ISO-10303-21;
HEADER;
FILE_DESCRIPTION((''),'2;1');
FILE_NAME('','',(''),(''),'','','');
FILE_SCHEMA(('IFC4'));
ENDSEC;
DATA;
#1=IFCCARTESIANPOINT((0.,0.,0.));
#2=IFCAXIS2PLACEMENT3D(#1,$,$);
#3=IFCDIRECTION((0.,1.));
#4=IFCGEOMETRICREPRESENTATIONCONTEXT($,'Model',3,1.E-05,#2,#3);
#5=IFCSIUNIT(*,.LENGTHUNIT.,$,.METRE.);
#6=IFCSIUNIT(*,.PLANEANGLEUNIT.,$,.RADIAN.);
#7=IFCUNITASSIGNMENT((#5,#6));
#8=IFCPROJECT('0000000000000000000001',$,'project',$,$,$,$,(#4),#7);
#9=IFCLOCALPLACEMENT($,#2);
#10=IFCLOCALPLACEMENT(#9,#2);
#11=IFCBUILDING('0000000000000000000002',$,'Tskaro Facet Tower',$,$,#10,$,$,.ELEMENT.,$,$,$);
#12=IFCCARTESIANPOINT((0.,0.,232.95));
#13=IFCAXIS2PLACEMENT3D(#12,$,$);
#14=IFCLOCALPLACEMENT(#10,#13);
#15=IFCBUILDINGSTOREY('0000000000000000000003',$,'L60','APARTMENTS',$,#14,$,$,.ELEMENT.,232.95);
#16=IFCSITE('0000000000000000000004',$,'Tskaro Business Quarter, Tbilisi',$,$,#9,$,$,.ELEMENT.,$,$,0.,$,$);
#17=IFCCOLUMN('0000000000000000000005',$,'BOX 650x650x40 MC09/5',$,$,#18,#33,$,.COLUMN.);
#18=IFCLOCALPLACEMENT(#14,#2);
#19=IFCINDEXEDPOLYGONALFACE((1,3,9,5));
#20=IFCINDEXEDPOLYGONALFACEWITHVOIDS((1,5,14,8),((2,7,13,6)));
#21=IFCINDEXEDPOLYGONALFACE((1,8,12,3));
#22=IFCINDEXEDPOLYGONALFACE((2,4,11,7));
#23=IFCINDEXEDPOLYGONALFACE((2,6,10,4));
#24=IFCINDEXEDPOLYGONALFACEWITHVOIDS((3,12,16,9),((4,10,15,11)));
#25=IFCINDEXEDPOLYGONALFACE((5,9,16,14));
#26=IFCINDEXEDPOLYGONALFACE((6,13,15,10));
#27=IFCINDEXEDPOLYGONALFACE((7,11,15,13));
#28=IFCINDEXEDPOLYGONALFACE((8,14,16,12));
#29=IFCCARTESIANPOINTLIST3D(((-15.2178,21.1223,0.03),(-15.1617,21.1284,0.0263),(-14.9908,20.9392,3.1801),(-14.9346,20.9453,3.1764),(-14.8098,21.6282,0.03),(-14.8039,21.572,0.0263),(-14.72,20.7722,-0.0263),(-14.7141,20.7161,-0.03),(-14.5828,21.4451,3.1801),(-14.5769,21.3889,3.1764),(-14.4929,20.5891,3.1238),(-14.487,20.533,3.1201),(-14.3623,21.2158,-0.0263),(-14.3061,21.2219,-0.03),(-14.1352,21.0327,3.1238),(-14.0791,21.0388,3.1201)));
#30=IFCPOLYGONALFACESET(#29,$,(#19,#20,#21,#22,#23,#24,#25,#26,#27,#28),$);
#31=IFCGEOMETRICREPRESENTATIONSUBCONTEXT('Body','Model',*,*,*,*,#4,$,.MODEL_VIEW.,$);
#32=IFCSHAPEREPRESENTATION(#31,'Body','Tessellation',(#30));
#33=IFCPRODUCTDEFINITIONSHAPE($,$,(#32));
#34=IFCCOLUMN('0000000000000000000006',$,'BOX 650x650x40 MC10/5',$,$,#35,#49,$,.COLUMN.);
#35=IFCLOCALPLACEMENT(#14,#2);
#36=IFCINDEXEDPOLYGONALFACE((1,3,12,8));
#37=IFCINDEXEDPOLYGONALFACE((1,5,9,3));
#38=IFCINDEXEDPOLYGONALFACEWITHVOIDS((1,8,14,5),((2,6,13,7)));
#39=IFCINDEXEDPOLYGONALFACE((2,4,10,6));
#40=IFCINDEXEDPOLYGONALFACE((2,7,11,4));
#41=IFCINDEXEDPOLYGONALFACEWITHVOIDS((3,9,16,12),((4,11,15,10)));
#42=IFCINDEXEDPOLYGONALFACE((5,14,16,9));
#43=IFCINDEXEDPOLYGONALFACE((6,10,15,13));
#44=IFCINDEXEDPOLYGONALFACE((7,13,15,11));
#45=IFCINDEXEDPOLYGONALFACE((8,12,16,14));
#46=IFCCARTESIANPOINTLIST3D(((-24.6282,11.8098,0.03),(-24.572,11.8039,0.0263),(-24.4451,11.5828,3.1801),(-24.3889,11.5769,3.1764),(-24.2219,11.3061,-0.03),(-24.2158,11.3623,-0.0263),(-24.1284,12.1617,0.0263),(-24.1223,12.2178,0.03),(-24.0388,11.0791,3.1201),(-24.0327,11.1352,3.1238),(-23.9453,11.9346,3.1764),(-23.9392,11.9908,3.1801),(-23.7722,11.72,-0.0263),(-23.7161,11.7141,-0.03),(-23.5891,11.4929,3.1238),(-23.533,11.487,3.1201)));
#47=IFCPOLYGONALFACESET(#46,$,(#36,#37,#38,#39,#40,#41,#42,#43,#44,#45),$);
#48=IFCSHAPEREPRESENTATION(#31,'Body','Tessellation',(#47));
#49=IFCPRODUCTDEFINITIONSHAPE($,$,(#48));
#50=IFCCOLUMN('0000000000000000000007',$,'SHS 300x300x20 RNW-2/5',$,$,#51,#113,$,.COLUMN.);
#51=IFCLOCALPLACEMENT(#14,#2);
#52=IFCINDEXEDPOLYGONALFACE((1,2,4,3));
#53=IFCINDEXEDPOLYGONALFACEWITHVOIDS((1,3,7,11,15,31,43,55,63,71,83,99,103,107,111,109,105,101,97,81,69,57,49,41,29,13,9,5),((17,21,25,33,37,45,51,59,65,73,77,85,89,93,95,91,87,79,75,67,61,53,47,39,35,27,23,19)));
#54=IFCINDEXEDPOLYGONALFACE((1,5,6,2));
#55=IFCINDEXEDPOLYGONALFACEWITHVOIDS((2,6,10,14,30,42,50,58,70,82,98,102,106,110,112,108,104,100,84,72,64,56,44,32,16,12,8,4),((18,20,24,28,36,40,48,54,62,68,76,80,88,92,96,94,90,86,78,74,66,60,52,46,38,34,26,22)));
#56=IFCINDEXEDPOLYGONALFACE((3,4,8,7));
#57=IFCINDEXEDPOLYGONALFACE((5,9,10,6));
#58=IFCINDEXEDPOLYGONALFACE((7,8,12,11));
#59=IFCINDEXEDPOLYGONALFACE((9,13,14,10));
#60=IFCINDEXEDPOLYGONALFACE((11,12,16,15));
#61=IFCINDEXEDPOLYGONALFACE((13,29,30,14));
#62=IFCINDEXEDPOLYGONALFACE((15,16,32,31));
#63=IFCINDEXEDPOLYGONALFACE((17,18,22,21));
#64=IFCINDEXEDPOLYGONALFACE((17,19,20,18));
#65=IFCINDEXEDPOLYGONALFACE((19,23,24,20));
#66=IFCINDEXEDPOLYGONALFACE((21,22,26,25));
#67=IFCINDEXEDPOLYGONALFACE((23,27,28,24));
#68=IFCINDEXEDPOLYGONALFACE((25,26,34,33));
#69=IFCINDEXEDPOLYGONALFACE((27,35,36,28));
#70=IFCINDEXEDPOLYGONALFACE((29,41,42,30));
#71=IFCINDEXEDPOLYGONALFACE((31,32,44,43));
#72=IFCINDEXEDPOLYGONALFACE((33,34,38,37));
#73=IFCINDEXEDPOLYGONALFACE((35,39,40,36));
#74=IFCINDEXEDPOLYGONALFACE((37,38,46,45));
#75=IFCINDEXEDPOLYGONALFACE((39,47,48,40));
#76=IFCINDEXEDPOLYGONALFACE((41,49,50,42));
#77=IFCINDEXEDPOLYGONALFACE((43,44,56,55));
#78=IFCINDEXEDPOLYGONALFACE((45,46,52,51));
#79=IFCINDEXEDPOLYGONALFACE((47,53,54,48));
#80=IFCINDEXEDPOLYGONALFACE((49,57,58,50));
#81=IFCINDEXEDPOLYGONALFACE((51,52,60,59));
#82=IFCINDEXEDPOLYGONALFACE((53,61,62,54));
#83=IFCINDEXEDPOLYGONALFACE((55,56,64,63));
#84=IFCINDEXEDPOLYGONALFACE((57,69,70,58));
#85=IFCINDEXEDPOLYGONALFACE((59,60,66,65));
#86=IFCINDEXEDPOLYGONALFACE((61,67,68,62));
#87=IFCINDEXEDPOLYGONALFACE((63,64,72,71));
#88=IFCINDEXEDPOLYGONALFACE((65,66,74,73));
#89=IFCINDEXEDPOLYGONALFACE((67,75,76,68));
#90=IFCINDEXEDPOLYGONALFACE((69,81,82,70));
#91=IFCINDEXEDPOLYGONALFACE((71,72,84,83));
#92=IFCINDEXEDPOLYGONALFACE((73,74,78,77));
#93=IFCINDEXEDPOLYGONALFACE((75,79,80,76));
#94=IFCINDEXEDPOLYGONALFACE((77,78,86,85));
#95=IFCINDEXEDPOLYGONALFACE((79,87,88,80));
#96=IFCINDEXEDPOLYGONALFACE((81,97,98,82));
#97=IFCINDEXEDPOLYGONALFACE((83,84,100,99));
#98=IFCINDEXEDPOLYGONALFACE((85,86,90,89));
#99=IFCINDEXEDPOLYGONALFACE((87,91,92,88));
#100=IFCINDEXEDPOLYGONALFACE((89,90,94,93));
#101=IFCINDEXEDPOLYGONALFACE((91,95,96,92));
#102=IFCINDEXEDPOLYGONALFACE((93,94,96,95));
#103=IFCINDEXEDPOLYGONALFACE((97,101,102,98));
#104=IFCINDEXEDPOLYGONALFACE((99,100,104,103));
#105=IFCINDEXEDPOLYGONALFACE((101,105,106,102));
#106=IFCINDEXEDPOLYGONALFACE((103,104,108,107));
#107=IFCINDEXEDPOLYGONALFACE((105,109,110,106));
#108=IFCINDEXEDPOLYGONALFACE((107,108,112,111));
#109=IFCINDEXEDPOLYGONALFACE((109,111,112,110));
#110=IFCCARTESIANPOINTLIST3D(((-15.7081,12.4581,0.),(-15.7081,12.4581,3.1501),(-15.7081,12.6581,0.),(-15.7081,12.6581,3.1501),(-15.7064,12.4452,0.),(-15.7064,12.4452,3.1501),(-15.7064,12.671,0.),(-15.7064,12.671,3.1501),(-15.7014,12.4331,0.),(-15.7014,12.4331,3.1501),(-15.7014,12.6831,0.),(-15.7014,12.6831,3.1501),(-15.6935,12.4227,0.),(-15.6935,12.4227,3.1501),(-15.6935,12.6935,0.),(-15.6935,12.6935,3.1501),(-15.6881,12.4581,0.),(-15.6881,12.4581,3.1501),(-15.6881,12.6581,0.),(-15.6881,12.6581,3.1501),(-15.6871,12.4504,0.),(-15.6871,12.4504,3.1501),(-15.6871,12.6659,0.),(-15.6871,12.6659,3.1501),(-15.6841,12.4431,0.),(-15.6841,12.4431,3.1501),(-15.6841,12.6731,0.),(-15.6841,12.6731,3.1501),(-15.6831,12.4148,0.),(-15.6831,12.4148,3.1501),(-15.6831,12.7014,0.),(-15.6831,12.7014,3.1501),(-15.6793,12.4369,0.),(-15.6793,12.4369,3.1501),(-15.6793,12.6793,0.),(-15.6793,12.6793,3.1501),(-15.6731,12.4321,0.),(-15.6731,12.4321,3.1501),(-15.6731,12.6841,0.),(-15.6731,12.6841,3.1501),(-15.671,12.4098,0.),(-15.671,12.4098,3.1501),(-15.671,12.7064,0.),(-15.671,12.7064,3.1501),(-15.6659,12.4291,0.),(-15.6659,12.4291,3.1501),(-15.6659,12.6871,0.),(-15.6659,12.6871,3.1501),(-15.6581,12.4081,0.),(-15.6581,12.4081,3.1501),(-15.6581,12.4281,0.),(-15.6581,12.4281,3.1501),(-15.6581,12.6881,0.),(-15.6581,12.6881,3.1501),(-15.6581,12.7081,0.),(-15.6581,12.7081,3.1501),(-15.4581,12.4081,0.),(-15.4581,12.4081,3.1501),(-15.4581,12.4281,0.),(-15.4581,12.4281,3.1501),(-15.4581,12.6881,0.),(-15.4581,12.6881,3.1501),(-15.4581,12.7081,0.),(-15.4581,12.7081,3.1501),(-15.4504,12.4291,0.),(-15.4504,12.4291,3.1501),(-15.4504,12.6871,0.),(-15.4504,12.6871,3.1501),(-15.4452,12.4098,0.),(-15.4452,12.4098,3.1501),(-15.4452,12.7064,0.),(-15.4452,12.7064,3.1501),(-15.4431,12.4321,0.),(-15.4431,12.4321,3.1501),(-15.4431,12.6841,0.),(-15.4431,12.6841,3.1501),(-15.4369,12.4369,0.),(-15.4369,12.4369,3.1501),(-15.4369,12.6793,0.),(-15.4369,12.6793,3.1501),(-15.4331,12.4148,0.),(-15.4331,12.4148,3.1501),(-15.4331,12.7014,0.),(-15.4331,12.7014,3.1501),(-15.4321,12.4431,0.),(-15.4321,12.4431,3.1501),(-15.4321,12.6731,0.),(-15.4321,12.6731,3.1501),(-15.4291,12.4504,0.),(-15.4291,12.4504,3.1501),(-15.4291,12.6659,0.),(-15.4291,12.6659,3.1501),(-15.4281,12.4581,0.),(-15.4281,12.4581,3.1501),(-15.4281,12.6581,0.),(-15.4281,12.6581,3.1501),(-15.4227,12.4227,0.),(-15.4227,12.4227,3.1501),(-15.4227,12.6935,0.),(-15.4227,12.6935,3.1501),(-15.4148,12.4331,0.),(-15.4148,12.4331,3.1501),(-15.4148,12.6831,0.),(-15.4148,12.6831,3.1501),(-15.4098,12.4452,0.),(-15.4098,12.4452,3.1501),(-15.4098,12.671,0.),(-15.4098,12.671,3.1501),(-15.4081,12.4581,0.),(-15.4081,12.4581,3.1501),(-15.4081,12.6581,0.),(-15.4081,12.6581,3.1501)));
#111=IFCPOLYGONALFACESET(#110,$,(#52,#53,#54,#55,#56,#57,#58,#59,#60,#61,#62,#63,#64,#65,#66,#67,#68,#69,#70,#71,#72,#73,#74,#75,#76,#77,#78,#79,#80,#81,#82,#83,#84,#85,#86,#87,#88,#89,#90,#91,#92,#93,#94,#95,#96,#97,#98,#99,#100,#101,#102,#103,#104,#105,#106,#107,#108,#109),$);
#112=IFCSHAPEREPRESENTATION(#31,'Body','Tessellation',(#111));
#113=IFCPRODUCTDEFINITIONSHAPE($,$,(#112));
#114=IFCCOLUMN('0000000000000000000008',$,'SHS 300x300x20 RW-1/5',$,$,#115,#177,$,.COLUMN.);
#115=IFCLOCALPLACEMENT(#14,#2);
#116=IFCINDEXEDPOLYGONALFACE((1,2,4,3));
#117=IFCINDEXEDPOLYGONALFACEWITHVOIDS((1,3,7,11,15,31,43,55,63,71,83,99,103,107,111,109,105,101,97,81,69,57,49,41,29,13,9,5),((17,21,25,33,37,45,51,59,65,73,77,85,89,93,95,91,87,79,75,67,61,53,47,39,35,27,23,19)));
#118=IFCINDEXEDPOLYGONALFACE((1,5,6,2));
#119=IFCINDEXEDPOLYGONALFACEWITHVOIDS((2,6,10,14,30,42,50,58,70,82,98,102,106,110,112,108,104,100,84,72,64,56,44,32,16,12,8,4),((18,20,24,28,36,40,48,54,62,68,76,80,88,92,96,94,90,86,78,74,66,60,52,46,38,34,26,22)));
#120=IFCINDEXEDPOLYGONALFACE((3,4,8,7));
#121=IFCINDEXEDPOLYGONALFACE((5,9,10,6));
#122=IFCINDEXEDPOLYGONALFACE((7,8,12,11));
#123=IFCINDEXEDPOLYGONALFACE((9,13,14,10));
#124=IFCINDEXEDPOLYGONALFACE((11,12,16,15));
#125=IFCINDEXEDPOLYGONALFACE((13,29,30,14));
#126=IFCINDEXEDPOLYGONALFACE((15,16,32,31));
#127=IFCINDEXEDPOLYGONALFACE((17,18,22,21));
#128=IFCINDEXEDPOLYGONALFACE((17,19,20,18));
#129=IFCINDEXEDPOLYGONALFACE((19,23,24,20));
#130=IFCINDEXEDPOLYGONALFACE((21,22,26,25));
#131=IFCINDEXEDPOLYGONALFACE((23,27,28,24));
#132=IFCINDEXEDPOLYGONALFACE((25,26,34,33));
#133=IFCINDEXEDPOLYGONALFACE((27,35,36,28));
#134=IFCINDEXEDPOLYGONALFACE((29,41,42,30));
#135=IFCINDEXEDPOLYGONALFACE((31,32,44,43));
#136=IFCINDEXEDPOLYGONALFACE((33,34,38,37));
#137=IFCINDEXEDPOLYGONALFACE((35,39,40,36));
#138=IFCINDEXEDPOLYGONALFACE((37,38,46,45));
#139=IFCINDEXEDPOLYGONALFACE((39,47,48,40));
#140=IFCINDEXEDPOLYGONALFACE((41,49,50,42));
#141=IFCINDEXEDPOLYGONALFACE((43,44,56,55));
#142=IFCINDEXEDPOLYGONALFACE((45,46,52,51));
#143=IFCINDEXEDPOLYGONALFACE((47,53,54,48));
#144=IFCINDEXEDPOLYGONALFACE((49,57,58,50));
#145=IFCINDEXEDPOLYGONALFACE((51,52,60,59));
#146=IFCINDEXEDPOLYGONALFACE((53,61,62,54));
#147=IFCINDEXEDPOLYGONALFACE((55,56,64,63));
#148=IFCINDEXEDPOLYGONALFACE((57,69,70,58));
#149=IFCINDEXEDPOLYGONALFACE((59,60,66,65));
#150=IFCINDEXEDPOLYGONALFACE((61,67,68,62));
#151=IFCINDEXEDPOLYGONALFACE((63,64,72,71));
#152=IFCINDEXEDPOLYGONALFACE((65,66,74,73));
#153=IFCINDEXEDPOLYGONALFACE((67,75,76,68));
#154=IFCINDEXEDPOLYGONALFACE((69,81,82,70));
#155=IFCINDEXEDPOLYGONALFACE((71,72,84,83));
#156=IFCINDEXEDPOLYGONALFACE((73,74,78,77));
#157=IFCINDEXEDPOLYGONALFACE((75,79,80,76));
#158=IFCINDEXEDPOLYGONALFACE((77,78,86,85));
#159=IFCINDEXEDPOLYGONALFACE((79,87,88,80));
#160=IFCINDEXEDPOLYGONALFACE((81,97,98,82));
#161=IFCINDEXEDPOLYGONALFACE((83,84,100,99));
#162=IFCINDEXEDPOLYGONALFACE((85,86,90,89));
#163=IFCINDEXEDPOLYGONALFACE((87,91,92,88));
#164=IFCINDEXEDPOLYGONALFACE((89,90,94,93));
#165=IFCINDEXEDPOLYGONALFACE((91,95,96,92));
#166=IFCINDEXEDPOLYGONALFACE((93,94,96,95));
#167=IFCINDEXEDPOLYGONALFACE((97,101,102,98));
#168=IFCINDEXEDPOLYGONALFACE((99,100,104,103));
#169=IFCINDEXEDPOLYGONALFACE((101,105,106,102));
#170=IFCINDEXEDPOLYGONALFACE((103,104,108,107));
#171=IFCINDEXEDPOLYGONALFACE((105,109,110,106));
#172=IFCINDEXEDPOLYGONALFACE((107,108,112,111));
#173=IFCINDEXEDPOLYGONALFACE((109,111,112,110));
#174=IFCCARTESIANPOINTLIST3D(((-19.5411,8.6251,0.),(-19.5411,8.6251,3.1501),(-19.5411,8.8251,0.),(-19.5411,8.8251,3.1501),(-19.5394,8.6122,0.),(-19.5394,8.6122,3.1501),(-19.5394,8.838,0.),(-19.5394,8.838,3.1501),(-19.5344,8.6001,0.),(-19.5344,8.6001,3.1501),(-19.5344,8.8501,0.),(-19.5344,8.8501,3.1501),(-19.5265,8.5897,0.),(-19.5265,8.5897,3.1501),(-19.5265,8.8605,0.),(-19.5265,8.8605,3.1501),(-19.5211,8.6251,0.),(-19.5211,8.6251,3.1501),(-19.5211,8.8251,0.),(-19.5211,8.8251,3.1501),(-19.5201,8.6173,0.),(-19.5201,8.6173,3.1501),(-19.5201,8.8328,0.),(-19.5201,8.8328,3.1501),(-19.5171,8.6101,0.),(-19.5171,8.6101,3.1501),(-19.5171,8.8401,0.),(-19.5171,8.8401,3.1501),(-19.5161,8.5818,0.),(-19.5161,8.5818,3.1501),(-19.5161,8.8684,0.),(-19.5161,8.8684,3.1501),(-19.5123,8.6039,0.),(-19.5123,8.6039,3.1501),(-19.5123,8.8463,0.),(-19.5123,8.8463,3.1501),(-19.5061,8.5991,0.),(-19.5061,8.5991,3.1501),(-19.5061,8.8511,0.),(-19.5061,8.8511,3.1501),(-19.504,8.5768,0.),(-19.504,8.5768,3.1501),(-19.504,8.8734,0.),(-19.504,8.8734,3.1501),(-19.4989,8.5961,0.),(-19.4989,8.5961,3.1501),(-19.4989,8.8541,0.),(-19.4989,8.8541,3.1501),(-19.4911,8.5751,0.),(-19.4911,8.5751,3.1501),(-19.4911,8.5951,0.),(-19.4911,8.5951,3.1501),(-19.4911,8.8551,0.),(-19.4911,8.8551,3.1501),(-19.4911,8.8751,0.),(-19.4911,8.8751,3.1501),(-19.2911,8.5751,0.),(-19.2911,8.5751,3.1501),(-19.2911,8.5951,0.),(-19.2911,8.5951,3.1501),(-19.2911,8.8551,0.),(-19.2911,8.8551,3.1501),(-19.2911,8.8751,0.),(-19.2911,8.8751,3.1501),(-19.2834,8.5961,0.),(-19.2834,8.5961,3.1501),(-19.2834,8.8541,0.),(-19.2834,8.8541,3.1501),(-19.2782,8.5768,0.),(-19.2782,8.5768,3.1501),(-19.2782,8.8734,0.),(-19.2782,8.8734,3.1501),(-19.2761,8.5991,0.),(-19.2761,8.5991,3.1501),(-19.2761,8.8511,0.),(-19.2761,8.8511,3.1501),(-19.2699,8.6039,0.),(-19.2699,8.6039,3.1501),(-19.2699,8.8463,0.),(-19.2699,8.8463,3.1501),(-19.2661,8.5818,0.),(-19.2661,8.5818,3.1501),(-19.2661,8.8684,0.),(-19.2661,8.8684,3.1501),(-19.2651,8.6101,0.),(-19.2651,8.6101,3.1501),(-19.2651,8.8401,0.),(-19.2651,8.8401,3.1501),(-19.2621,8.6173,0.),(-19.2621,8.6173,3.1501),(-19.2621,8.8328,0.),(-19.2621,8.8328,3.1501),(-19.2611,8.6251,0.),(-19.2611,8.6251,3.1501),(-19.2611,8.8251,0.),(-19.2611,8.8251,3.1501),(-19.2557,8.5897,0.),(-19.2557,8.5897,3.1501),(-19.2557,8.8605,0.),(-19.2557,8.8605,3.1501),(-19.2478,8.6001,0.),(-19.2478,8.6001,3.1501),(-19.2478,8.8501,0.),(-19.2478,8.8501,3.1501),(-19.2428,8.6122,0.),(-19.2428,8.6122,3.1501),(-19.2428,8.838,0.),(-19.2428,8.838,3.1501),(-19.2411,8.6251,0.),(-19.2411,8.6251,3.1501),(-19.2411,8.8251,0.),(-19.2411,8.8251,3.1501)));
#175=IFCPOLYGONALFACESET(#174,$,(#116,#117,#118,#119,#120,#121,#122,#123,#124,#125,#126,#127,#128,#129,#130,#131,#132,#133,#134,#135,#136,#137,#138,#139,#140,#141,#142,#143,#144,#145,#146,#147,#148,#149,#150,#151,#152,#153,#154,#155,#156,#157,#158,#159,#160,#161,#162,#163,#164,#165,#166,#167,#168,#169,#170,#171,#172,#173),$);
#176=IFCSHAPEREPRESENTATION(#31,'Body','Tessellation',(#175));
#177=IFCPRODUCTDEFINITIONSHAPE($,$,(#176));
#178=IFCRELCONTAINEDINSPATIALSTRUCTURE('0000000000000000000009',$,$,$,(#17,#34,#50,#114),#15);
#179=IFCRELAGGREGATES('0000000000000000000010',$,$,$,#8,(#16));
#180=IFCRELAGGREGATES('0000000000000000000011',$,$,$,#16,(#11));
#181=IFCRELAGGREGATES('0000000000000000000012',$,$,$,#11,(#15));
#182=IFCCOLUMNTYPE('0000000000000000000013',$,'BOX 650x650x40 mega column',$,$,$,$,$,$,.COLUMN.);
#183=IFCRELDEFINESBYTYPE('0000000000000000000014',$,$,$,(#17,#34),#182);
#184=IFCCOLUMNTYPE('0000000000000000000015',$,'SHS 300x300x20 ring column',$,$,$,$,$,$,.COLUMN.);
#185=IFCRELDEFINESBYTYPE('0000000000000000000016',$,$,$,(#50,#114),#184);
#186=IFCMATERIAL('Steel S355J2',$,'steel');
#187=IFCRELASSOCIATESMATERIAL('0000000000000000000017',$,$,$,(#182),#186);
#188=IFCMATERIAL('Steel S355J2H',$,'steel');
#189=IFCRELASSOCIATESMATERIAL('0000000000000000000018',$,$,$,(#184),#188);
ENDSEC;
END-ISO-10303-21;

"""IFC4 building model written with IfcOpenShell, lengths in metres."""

from ifc_helpers import new_model, si_unit, direction, frame, origin, origin_2d, place, context, subcontext, project, spatial, hollow_rectangle, extrude, material, material_profile, profile_set, type_object, element, save


model = new_model("IFC4")

# Units and contexts
model_context = context("Model", 3, precision=1e-05, world=origin(), true_north=direction((0.0, 1.0)))
body_context = subcontext(model_context, "Body", "Model", "MODEL_VIEW")
ifc_project = project(units=[si_unit("LENGTHUNIT", "METRE"), si_unit("PLANEANGLEUNIT", "RADIAN")], contexts=[model_context])

# Site, building, storey
site_placement = place(None, origin())
site = spatial("IfcSite", under=ifc_project, at=site_placement, Name="Tskaro Business Quarter, Tbilisi", CompositionType="ELEMENT", RefElevation=0.0)
building_placement = place(site_placement, origin())
building = spatial("IfcBuilding", under=site, at=building_placement, Name="Tskaro Facet Tower", CompositionType="ELEMENT")
storey_placement = place(building_placement, frame((0.0, 0.0, 232.95)))
storey = spatial("IfcBuildingStorey", under=building, at=storey_placement, Name="L60", Description="APARTMENTS", CompositionType="ELEMENT", Elevation=232.95)

# Columns
ifc_material_1 = material(Name="Steel S355J2", Category="steel")
ifc_material_profile_1 = material_profile(ifc_material_1, hollow_rectangle(XDim=0.6499, YDim=0.6499, WallThickness=0.04, at=origin_2d()), Name="BOX 650x650x40")
ifc_profile_set_1 = profile_set([ifc_material_profile_1], Name="Steel S355J2")
column_type_1 = type_object("IfcColumnType", Name="BOX 650x650x40 mega column", PredefinedType="COLUMN", material=ifc_profile_set_1)
for number, where, z_axis, x_axis, name in (
    (1, (-14.762, 21.1721, 0.0), (0.071769, -0.057878, 0.995741), (0.627752, 0.778413, 0.0), "BOX 650x650x40 MC09/5"),
    (2, (-24.1721, 11.762, 0.0), (0.057878, -0.071769, 0.995741), (0.778413, 0.627752, 0.0), "BOX 650x650x40 MC10/5"),
):
    element("IfcColumn", number, at=place(storey_placement, frame(where, z_axis=z_axis, x_axis=x_axis)), inside=storey, type_object=column_type_1, Name=name, PredefinedType="COLUMN", context=body_context, shape_type="SweptSolid", body=[
        extrude(hollow_rectangle(XDim=0.6499, YDim=0.6499, WallThickness=0.04, at=origin_2d()), origin(), (0.0, 0.0, 1.0), 3.1636),
    ])
ifc_material_2 = material(Name="Steel S355J2H", Category="steel")
ifc_material_profile_2 = material_profile(ifc_material_2, hollow_rectangle(XDim=0.3, YDim=0.3, WallThickness=0.02, InnerFilletRadius=0.03, OuterFilletRadius=0.05, at=origin_2d()), Name="SHS 300x300x20")
ifc_profile_set_2 = profile_set([ifc_material_profile_2], Name="Steel S355J2H")
column_type_2 = type_object("IfcColumnType", Name="SHS 300x300x20 ring column", PredefinedType="COLUMN", material=ifc_profile_set_2)
for number, where, z_axis, x_axis, name in (
    (3, (-15.5581, 12.5581, 0.0), (0.0, 0.0, 1.0), (1.0, 0.0, 0.0), "SHS 300x300x20 RNW-2/5"),
    (4, (-19.3911, 8.7251, 0.0), (0.0, 0.0, 1.0), (1.0, 0.0, 0.0), "SHS 300x300x20 RW-1/5"),
):
    element("IfcColumn", number, at=place(storey_placement, frame(where, z_axis=z_axis, x_axis=x_axis)), inside=storey, type_object=column_type_2, Name=name, PredefinedType="COLUMN", context=body_context, shape_type="SweptSolid", body=[
        extrude(hollow_rectangle(XDim=0.3, YDim=0.3, WallThickness=0.02, InnerFilletRadius=0.03, OuterFilletRadius=0.05, at=origin_2d()), origin(), (0.0, 0.0, 1.0), 3.1501),
    ])

save(model, "model.ifc")
